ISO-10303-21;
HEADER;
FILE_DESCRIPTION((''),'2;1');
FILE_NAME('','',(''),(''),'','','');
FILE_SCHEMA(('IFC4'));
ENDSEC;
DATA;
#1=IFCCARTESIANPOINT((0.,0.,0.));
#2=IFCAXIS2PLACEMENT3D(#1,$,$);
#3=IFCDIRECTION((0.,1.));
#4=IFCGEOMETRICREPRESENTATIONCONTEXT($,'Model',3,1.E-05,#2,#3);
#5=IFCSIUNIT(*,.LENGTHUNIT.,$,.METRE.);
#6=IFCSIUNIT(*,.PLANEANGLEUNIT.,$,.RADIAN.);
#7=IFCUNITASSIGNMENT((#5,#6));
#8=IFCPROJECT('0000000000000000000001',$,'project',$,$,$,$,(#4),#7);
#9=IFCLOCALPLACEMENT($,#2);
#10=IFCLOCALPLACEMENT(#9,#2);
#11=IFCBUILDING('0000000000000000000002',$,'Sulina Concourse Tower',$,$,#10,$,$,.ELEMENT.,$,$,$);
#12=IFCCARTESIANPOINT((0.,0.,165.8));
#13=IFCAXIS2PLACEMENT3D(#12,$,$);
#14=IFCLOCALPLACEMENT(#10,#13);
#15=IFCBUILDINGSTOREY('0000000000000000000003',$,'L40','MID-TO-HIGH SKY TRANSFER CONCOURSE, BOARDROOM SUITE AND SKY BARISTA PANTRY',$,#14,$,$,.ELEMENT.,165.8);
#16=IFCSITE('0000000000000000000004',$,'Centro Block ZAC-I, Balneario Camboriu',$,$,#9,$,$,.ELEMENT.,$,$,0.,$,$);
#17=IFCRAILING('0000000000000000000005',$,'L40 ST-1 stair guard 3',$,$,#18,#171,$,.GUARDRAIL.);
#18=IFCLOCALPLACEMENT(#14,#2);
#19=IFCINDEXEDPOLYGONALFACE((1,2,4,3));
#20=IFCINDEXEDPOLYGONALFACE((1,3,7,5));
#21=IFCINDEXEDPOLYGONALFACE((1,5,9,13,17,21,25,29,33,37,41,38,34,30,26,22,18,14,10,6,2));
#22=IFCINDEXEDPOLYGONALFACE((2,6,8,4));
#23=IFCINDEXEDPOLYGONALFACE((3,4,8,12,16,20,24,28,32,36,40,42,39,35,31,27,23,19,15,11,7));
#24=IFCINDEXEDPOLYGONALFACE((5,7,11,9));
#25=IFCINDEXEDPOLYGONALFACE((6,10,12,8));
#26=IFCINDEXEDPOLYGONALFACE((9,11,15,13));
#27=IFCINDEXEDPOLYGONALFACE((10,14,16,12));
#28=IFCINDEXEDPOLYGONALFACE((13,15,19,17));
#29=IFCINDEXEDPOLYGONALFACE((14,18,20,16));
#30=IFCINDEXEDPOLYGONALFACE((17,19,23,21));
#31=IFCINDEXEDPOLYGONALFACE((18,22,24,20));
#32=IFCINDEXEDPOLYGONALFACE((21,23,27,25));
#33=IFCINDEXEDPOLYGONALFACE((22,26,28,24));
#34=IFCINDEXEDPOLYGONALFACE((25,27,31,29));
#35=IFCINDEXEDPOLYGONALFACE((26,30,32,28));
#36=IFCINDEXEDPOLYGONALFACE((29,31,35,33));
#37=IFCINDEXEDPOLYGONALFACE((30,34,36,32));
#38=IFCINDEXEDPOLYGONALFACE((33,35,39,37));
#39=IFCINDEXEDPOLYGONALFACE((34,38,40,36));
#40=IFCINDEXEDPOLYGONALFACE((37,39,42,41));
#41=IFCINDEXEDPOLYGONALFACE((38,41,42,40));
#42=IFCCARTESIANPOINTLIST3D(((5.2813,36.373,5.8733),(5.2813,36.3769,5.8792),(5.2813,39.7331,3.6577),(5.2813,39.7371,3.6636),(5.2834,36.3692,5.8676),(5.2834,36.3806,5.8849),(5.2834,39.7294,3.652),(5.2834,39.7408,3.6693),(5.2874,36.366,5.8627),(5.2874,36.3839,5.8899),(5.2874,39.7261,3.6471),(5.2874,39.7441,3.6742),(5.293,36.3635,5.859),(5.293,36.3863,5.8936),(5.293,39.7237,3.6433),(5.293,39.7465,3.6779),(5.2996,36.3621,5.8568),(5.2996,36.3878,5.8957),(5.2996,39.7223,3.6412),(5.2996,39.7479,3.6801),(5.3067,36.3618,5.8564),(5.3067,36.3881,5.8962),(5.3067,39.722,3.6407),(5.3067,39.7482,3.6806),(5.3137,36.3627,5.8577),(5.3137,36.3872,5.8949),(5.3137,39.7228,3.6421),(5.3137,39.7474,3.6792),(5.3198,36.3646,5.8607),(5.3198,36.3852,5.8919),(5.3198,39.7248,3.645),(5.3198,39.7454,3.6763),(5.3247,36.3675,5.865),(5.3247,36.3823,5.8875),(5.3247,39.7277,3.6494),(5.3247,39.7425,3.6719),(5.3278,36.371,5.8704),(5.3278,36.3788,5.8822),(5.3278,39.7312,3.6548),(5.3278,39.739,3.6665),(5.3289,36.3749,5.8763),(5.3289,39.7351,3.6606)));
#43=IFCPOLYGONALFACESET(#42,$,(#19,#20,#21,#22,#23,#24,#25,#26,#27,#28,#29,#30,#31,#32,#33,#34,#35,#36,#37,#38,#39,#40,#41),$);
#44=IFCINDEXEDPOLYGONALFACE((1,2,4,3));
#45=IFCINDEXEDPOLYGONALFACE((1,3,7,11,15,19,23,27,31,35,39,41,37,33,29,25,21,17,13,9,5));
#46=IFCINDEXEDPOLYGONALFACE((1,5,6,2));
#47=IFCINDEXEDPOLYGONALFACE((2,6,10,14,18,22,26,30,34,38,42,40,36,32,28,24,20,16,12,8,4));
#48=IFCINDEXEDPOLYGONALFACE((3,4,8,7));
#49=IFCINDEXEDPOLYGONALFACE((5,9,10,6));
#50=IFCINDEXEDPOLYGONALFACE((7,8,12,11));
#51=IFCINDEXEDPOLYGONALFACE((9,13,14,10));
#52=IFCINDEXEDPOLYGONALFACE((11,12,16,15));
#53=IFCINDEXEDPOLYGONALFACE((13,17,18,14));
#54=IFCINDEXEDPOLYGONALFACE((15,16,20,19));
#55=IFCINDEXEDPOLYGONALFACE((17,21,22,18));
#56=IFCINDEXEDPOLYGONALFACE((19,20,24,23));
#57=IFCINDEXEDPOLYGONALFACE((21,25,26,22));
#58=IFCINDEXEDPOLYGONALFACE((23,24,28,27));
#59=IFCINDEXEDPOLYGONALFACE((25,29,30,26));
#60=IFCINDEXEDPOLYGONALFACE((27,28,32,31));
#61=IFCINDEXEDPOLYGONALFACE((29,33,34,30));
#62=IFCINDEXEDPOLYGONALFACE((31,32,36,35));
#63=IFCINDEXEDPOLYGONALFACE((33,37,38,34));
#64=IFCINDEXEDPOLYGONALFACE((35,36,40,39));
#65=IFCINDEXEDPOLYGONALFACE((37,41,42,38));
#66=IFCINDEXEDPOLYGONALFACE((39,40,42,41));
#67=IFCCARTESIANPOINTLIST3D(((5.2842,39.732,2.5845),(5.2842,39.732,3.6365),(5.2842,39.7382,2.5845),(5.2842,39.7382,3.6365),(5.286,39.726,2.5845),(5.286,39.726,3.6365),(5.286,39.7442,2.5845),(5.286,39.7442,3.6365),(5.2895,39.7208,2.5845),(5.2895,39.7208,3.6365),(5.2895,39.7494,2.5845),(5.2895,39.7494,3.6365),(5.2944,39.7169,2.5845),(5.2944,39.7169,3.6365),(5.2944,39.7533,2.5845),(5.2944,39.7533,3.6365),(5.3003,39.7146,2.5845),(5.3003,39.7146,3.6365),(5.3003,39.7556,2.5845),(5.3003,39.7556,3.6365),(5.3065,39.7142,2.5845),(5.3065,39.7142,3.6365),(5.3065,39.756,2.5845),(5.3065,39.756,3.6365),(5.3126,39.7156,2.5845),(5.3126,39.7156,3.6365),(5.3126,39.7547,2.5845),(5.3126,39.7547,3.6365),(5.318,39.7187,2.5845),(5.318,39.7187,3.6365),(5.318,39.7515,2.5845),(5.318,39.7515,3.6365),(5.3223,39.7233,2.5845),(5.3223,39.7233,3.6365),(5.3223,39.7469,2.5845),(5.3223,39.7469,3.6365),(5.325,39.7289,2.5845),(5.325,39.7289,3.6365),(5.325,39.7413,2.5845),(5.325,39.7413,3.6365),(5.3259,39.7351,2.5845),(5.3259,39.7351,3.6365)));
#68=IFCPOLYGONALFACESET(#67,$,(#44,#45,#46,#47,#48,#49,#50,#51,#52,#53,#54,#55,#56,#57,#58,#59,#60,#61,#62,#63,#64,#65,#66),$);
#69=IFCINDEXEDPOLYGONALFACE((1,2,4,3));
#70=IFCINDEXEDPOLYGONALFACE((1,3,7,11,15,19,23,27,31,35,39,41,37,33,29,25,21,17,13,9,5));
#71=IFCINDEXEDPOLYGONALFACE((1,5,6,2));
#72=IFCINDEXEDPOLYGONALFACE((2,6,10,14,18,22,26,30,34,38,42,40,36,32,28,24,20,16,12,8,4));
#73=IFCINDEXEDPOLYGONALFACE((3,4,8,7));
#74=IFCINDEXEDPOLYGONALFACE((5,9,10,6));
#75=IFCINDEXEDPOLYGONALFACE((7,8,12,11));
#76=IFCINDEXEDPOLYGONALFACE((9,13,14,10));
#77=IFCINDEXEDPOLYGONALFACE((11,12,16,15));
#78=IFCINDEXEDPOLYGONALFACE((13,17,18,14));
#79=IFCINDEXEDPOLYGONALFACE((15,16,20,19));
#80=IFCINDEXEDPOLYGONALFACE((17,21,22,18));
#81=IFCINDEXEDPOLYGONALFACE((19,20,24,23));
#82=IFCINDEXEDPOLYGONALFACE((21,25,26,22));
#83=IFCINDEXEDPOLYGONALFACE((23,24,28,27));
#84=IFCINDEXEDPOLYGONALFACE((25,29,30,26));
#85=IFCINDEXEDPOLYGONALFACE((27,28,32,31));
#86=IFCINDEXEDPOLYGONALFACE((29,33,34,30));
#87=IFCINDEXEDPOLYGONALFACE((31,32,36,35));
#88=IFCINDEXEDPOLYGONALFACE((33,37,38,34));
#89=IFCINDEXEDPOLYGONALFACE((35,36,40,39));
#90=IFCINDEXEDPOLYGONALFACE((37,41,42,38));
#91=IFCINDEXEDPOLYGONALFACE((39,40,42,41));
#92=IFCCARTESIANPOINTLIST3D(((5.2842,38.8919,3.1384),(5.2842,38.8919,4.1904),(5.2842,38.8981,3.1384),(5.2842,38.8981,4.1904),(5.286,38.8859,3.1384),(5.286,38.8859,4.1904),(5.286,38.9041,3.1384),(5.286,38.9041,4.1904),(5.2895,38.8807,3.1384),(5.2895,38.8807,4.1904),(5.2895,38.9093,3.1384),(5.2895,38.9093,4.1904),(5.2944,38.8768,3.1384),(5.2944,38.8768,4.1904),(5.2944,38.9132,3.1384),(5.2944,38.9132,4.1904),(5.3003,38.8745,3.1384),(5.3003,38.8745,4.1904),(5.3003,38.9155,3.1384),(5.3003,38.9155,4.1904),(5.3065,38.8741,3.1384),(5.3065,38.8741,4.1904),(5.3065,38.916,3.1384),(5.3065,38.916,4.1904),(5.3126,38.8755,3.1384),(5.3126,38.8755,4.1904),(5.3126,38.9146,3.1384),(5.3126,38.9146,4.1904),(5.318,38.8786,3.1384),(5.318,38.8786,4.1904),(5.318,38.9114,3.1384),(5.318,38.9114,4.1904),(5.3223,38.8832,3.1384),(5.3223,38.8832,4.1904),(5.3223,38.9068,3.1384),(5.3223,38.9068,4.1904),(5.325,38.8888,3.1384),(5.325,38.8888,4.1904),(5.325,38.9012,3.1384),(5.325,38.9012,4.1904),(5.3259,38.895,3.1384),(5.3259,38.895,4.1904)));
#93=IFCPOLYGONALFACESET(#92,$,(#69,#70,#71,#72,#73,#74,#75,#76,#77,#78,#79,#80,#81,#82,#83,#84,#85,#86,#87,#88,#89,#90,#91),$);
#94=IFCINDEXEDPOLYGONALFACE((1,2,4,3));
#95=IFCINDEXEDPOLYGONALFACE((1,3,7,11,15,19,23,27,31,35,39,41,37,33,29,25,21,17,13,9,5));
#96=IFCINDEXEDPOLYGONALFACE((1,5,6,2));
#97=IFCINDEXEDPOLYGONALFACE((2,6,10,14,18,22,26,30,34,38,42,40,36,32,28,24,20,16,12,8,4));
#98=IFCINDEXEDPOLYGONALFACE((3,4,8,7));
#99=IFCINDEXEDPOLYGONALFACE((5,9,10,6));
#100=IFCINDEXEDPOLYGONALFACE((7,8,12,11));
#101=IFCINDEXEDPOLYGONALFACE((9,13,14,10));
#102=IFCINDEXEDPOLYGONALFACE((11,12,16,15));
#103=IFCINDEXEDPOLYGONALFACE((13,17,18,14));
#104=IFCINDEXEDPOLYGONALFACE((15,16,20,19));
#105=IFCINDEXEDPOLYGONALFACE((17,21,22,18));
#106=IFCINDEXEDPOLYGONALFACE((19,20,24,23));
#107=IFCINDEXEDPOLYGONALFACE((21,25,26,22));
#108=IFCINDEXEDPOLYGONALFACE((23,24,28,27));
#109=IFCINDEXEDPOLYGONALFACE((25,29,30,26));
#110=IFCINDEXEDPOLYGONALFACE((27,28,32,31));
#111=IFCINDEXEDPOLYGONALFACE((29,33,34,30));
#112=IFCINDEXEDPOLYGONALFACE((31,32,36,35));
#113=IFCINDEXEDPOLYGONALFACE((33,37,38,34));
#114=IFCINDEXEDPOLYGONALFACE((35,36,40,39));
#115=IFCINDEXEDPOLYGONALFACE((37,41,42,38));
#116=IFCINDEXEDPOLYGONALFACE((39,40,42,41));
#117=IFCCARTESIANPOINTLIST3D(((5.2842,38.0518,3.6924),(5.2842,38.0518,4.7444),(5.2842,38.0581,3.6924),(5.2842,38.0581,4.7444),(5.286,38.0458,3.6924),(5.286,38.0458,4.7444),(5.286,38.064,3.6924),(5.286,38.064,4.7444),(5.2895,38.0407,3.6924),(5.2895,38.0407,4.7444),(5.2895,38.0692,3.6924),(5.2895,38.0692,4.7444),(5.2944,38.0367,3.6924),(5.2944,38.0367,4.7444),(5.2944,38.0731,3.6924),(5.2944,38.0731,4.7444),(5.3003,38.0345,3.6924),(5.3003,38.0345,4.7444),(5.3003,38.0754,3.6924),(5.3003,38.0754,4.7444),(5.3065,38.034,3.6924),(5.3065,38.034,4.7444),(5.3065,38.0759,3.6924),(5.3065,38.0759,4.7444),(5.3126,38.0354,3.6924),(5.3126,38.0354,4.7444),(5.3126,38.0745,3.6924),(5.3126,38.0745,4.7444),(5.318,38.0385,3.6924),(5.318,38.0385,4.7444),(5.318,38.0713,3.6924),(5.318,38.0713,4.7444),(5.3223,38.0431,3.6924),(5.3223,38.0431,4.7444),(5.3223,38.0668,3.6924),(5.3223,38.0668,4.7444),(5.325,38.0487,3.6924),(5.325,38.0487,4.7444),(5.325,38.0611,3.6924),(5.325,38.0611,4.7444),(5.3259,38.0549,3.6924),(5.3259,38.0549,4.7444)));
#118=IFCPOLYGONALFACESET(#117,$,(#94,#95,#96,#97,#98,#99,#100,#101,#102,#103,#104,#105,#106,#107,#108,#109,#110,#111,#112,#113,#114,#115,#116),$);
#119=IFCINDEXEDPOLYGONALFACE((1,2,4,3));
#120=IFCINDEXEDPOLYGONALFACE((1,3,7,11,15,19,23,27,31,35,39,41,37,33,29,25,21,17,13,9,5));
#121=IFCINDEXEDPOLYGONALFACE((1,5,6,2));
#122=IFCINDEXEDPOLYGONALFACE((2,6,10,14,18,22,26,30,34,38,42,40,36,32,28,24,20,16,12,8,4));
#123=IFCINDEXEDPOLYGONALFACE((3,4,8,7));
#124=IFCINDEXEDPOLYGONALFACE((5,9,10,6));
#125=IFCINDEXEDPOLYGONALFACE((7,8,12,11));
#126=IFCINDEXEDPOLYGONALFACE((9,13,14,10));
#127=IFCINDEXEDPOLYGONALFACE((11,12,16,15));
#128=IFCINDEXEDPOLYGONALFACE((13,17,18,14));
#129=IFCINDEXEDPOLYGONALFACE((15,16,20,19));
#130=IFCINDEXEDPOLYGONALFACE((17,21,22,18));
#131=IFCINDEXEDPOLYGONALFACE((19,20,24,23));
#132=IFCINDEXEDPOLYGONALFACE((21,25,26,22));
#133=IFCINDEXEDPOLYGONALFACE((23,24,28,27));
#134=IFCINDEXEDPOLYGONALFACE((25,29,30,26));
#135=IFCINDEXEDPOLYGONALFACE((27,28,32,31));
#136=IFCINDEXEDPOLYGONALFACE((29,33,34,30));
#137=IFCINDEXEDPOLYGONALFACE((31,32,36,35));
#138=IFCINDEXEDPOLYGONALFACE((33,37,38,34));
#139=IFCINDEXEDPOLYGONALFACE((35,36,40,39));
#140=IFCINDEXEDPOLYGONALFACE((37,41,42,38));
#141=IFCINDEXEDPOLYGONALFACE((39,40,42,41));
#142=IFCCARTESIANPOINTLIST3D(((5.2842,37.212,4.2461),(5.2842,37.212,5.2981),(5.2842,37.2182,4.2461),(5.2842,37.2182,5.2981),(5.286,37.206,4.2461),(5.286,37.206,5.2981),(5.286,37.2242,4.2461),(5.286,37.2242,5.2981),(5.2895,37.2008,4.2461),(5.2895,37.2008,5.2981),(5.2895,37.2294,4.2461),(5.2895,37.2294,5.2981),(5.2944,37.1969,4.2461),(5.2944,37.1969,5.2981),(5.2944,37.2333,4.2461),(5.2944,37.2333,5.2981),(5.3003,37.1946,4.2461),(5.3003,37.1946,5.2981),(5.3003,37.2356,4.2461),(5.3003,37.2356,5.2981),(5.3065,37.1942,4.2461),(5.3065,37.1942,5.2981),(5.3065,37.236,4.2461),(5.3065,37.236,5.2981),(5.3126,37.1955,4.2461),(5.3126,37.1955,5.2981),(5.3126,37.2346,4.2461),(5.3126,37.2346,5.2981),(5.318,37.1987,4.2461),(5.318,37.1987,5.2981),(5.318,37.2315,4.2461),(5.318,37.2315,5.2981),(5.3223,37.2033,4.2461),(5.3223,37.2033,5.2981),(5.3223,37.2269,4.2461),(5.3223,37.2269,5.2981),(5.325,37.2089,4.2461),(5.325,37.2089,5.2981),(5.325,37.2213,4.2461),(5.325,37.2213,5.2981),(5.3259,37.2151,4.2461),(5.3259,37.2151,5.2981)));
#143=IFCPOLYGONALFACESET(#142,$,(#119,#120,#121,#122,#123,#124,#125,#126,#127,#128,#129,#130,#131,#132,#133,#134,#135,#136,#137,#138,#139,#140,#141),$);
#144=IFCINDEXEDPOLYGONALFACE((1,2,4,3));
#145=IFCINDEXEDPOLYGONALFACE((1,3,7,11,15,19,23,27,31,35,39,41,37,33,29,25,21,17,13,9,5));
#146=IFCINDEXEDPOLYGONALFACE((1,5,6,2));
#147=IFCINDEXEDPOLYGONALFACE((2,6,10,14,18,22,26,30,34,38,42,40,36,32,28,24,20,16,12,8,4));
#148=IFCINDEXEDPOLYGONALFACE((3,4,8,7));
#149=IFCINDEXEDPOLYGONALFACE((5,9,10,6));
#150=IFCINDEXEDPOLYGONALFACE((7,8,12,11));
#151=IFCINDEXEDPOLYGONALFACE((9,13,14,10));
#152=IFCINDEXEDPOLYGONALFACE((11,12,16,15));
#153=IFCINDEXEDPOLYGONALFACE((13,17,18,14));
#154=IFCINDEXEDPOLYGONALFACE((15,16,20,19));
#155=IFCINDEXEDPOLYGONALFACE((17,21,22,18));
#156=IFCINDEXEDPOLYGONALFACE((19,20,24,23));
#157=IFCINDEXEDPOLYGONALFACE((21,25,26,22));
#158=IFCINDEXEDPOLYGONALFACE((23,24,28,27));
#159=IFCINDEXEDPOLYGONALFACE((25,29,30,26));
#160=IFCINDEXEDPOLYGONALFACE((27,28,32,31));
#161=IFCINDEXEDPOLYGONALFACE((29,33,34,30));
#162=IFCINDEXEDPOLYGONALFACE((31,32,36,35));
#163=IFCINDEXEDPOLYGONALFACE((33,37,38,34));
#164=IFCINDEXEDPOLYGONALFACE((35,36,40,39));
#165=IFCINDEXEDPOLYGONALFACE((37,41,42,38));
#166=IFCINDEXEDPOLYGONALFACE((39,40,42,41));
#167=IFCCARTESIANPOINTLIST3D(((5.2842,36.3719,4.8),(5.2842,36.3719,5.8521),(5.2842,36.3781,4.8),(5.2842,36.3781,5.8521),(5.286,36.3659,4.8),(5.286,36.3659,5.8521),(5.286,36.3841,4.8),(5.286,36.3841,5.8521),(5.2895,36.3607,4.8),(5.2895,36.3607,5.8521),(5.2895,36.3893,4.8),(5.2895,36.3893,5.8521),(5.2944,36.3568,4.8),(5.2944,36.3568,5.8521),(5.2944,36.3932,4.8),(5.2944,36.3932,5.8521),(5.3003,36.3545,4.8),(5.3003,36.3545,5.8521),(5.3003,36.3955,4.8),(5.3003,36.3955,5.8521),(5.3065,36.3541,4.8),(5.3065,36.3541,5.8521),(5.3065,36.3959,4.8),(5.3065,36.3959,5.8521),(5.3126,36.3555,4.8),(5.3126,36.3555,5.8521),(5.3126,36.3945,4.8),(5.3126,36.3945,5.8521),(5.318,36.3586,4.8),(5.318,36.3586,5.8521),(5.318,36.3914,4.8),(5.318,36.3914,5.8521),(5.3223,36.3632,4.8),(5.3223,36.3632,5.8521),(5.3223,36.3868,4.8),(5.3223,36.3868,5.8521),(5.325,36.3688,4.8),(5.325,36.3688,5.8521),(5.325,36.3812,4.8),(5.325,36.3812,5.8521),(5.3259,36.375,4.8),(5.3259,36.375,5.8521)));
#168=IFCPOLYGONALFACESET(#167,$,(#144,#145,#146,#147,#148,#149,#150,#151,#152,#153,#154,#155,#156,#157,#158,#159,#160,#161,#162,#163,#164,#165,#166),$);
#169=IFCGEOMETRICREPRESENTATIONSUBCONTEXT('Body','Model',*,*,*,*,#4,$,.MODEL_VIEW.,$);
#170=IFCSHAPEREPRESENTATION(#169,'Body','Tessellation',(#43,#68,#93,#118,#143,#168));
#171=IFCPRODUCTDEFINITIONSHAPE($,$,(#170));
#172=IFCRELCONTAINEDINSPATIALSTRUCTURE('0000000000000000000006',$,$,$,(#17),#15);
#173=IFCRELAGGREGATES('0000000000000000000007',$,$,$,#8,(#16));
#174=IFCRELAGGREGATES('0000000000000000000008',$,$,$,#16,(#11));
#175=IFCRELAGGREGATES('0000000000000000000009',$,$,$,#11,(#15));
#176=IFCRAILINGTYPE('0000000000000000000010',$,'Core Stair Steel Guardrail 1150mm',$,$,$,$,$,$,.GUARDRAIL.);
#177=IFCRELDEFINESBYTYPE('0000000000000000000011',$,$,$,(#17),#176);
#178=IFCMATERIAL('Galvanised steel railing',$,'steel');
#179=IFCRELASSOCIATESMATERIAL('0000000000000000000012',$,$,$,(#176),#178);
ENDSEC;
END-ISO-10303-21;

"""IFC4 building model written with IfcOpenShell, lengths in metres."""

from ifc_helpers import new_model, si_unit, direction, frame, origin, origin_2d, place, context, subcontext, project, spatial, circle, extrude, material, type_object, element, save


model = new_model("IFC4")

# Units and contexts
model_context = context("Model", 3, precision=1e-05, world=origin(), true_north=direction((0.0, 1.0)))
body_context = subcontext(model_context, "Body", "Model", "MODEL_VIEW")
ifc_project = project(units=[si_unit("LENGTHUNIT", "METRE"), si_unit("PLANEANGLEUNIT", "RADIAN")], contexts=[model_context])

# Site, building, storey
site_placement = place(None, origin())
site = spatial("IfcSite", under=ifc_project, at=site_placement, Name="Centro Block ZAC-I, Balneario Camboriu", CompositionType="ELEMENT", RefElevation=0.0)
building_placement = place(site_placement, origin())
building = spatial("IfcBuilding", under=site, at=building_placement, Name="Sulina Concourse Tower", CompositionType="ELEMENT")
storey_placement = place(building_placement, frame((0.0, 0.0, 165.8)))
storey = spatial("IfcBuildingStorey", under=building, at=storey_placement, Name="L40", Description="MID-TO-HIGH SKY TRANSFER CONCOURSE, BOARDROOM SUITE AND SKY BARISTA PANTRY", CompositionType="ELEMENT", Elevation=165.8)

# Railing
ifc_material_1 = material(Name="Galvanised steel railing", Category="steel")
railing_type_1 = type_object("IfcRailingType", Name="Core Stair Steel Guardrail 1150mm", PredefinedType="GUARDRAIL", material=ifc_material_1)
railing_1_placement = place(storey_placement, frame((5.3049, 39.7351, 2.5845)))
element("IfcRailing", 1, at=railing_1_placement, inside=storey, type_object=railing_type_1, Name="L40 ST-1 stair guard 3", PredefinedType="GUARDRAIL", context=body_context, shape_type="SweptSolid", body=[
    extrude(circle(Radius=0.0239, at=origin_2d()), frame((0.0, 0.0, 1.0762), z_axis=(0.0, -0.834849, 0.55048), x_axis=(1.0, 0.0, 0.0)), (0.0, 0.0, 1.0), 4.0249),
    extrude(circle(Radius=0.021, at=origin_2d()), origin(), (0.0, 0.0, 1.0), 1.052),
    extrude(circle(Radius=0.021, at=origin_2d()), frame((0.0, -0.8401, 0.554)), (0.0, 0.0, 1.0), 1.052),
    extrude(circle(Radius=0.021, at=origin_2d()), frame((0.0, -1.6802, 1.1079)), (0.0, 0.0, 1.0), 1.052),
    extrude(circle(Radius=0.021, at=origin_2d()), frame((0.0, -2.52, 1.6616)), (0.0, 0.0, 1.0), 1.052),
    extrude(circle(Radius=0.021, at=origin_2d()), frame((0.0, -3.3601, 2.2156)), (0.0, 0.0, 1.0), 1.052),
])

save(model, "model.ifc")
